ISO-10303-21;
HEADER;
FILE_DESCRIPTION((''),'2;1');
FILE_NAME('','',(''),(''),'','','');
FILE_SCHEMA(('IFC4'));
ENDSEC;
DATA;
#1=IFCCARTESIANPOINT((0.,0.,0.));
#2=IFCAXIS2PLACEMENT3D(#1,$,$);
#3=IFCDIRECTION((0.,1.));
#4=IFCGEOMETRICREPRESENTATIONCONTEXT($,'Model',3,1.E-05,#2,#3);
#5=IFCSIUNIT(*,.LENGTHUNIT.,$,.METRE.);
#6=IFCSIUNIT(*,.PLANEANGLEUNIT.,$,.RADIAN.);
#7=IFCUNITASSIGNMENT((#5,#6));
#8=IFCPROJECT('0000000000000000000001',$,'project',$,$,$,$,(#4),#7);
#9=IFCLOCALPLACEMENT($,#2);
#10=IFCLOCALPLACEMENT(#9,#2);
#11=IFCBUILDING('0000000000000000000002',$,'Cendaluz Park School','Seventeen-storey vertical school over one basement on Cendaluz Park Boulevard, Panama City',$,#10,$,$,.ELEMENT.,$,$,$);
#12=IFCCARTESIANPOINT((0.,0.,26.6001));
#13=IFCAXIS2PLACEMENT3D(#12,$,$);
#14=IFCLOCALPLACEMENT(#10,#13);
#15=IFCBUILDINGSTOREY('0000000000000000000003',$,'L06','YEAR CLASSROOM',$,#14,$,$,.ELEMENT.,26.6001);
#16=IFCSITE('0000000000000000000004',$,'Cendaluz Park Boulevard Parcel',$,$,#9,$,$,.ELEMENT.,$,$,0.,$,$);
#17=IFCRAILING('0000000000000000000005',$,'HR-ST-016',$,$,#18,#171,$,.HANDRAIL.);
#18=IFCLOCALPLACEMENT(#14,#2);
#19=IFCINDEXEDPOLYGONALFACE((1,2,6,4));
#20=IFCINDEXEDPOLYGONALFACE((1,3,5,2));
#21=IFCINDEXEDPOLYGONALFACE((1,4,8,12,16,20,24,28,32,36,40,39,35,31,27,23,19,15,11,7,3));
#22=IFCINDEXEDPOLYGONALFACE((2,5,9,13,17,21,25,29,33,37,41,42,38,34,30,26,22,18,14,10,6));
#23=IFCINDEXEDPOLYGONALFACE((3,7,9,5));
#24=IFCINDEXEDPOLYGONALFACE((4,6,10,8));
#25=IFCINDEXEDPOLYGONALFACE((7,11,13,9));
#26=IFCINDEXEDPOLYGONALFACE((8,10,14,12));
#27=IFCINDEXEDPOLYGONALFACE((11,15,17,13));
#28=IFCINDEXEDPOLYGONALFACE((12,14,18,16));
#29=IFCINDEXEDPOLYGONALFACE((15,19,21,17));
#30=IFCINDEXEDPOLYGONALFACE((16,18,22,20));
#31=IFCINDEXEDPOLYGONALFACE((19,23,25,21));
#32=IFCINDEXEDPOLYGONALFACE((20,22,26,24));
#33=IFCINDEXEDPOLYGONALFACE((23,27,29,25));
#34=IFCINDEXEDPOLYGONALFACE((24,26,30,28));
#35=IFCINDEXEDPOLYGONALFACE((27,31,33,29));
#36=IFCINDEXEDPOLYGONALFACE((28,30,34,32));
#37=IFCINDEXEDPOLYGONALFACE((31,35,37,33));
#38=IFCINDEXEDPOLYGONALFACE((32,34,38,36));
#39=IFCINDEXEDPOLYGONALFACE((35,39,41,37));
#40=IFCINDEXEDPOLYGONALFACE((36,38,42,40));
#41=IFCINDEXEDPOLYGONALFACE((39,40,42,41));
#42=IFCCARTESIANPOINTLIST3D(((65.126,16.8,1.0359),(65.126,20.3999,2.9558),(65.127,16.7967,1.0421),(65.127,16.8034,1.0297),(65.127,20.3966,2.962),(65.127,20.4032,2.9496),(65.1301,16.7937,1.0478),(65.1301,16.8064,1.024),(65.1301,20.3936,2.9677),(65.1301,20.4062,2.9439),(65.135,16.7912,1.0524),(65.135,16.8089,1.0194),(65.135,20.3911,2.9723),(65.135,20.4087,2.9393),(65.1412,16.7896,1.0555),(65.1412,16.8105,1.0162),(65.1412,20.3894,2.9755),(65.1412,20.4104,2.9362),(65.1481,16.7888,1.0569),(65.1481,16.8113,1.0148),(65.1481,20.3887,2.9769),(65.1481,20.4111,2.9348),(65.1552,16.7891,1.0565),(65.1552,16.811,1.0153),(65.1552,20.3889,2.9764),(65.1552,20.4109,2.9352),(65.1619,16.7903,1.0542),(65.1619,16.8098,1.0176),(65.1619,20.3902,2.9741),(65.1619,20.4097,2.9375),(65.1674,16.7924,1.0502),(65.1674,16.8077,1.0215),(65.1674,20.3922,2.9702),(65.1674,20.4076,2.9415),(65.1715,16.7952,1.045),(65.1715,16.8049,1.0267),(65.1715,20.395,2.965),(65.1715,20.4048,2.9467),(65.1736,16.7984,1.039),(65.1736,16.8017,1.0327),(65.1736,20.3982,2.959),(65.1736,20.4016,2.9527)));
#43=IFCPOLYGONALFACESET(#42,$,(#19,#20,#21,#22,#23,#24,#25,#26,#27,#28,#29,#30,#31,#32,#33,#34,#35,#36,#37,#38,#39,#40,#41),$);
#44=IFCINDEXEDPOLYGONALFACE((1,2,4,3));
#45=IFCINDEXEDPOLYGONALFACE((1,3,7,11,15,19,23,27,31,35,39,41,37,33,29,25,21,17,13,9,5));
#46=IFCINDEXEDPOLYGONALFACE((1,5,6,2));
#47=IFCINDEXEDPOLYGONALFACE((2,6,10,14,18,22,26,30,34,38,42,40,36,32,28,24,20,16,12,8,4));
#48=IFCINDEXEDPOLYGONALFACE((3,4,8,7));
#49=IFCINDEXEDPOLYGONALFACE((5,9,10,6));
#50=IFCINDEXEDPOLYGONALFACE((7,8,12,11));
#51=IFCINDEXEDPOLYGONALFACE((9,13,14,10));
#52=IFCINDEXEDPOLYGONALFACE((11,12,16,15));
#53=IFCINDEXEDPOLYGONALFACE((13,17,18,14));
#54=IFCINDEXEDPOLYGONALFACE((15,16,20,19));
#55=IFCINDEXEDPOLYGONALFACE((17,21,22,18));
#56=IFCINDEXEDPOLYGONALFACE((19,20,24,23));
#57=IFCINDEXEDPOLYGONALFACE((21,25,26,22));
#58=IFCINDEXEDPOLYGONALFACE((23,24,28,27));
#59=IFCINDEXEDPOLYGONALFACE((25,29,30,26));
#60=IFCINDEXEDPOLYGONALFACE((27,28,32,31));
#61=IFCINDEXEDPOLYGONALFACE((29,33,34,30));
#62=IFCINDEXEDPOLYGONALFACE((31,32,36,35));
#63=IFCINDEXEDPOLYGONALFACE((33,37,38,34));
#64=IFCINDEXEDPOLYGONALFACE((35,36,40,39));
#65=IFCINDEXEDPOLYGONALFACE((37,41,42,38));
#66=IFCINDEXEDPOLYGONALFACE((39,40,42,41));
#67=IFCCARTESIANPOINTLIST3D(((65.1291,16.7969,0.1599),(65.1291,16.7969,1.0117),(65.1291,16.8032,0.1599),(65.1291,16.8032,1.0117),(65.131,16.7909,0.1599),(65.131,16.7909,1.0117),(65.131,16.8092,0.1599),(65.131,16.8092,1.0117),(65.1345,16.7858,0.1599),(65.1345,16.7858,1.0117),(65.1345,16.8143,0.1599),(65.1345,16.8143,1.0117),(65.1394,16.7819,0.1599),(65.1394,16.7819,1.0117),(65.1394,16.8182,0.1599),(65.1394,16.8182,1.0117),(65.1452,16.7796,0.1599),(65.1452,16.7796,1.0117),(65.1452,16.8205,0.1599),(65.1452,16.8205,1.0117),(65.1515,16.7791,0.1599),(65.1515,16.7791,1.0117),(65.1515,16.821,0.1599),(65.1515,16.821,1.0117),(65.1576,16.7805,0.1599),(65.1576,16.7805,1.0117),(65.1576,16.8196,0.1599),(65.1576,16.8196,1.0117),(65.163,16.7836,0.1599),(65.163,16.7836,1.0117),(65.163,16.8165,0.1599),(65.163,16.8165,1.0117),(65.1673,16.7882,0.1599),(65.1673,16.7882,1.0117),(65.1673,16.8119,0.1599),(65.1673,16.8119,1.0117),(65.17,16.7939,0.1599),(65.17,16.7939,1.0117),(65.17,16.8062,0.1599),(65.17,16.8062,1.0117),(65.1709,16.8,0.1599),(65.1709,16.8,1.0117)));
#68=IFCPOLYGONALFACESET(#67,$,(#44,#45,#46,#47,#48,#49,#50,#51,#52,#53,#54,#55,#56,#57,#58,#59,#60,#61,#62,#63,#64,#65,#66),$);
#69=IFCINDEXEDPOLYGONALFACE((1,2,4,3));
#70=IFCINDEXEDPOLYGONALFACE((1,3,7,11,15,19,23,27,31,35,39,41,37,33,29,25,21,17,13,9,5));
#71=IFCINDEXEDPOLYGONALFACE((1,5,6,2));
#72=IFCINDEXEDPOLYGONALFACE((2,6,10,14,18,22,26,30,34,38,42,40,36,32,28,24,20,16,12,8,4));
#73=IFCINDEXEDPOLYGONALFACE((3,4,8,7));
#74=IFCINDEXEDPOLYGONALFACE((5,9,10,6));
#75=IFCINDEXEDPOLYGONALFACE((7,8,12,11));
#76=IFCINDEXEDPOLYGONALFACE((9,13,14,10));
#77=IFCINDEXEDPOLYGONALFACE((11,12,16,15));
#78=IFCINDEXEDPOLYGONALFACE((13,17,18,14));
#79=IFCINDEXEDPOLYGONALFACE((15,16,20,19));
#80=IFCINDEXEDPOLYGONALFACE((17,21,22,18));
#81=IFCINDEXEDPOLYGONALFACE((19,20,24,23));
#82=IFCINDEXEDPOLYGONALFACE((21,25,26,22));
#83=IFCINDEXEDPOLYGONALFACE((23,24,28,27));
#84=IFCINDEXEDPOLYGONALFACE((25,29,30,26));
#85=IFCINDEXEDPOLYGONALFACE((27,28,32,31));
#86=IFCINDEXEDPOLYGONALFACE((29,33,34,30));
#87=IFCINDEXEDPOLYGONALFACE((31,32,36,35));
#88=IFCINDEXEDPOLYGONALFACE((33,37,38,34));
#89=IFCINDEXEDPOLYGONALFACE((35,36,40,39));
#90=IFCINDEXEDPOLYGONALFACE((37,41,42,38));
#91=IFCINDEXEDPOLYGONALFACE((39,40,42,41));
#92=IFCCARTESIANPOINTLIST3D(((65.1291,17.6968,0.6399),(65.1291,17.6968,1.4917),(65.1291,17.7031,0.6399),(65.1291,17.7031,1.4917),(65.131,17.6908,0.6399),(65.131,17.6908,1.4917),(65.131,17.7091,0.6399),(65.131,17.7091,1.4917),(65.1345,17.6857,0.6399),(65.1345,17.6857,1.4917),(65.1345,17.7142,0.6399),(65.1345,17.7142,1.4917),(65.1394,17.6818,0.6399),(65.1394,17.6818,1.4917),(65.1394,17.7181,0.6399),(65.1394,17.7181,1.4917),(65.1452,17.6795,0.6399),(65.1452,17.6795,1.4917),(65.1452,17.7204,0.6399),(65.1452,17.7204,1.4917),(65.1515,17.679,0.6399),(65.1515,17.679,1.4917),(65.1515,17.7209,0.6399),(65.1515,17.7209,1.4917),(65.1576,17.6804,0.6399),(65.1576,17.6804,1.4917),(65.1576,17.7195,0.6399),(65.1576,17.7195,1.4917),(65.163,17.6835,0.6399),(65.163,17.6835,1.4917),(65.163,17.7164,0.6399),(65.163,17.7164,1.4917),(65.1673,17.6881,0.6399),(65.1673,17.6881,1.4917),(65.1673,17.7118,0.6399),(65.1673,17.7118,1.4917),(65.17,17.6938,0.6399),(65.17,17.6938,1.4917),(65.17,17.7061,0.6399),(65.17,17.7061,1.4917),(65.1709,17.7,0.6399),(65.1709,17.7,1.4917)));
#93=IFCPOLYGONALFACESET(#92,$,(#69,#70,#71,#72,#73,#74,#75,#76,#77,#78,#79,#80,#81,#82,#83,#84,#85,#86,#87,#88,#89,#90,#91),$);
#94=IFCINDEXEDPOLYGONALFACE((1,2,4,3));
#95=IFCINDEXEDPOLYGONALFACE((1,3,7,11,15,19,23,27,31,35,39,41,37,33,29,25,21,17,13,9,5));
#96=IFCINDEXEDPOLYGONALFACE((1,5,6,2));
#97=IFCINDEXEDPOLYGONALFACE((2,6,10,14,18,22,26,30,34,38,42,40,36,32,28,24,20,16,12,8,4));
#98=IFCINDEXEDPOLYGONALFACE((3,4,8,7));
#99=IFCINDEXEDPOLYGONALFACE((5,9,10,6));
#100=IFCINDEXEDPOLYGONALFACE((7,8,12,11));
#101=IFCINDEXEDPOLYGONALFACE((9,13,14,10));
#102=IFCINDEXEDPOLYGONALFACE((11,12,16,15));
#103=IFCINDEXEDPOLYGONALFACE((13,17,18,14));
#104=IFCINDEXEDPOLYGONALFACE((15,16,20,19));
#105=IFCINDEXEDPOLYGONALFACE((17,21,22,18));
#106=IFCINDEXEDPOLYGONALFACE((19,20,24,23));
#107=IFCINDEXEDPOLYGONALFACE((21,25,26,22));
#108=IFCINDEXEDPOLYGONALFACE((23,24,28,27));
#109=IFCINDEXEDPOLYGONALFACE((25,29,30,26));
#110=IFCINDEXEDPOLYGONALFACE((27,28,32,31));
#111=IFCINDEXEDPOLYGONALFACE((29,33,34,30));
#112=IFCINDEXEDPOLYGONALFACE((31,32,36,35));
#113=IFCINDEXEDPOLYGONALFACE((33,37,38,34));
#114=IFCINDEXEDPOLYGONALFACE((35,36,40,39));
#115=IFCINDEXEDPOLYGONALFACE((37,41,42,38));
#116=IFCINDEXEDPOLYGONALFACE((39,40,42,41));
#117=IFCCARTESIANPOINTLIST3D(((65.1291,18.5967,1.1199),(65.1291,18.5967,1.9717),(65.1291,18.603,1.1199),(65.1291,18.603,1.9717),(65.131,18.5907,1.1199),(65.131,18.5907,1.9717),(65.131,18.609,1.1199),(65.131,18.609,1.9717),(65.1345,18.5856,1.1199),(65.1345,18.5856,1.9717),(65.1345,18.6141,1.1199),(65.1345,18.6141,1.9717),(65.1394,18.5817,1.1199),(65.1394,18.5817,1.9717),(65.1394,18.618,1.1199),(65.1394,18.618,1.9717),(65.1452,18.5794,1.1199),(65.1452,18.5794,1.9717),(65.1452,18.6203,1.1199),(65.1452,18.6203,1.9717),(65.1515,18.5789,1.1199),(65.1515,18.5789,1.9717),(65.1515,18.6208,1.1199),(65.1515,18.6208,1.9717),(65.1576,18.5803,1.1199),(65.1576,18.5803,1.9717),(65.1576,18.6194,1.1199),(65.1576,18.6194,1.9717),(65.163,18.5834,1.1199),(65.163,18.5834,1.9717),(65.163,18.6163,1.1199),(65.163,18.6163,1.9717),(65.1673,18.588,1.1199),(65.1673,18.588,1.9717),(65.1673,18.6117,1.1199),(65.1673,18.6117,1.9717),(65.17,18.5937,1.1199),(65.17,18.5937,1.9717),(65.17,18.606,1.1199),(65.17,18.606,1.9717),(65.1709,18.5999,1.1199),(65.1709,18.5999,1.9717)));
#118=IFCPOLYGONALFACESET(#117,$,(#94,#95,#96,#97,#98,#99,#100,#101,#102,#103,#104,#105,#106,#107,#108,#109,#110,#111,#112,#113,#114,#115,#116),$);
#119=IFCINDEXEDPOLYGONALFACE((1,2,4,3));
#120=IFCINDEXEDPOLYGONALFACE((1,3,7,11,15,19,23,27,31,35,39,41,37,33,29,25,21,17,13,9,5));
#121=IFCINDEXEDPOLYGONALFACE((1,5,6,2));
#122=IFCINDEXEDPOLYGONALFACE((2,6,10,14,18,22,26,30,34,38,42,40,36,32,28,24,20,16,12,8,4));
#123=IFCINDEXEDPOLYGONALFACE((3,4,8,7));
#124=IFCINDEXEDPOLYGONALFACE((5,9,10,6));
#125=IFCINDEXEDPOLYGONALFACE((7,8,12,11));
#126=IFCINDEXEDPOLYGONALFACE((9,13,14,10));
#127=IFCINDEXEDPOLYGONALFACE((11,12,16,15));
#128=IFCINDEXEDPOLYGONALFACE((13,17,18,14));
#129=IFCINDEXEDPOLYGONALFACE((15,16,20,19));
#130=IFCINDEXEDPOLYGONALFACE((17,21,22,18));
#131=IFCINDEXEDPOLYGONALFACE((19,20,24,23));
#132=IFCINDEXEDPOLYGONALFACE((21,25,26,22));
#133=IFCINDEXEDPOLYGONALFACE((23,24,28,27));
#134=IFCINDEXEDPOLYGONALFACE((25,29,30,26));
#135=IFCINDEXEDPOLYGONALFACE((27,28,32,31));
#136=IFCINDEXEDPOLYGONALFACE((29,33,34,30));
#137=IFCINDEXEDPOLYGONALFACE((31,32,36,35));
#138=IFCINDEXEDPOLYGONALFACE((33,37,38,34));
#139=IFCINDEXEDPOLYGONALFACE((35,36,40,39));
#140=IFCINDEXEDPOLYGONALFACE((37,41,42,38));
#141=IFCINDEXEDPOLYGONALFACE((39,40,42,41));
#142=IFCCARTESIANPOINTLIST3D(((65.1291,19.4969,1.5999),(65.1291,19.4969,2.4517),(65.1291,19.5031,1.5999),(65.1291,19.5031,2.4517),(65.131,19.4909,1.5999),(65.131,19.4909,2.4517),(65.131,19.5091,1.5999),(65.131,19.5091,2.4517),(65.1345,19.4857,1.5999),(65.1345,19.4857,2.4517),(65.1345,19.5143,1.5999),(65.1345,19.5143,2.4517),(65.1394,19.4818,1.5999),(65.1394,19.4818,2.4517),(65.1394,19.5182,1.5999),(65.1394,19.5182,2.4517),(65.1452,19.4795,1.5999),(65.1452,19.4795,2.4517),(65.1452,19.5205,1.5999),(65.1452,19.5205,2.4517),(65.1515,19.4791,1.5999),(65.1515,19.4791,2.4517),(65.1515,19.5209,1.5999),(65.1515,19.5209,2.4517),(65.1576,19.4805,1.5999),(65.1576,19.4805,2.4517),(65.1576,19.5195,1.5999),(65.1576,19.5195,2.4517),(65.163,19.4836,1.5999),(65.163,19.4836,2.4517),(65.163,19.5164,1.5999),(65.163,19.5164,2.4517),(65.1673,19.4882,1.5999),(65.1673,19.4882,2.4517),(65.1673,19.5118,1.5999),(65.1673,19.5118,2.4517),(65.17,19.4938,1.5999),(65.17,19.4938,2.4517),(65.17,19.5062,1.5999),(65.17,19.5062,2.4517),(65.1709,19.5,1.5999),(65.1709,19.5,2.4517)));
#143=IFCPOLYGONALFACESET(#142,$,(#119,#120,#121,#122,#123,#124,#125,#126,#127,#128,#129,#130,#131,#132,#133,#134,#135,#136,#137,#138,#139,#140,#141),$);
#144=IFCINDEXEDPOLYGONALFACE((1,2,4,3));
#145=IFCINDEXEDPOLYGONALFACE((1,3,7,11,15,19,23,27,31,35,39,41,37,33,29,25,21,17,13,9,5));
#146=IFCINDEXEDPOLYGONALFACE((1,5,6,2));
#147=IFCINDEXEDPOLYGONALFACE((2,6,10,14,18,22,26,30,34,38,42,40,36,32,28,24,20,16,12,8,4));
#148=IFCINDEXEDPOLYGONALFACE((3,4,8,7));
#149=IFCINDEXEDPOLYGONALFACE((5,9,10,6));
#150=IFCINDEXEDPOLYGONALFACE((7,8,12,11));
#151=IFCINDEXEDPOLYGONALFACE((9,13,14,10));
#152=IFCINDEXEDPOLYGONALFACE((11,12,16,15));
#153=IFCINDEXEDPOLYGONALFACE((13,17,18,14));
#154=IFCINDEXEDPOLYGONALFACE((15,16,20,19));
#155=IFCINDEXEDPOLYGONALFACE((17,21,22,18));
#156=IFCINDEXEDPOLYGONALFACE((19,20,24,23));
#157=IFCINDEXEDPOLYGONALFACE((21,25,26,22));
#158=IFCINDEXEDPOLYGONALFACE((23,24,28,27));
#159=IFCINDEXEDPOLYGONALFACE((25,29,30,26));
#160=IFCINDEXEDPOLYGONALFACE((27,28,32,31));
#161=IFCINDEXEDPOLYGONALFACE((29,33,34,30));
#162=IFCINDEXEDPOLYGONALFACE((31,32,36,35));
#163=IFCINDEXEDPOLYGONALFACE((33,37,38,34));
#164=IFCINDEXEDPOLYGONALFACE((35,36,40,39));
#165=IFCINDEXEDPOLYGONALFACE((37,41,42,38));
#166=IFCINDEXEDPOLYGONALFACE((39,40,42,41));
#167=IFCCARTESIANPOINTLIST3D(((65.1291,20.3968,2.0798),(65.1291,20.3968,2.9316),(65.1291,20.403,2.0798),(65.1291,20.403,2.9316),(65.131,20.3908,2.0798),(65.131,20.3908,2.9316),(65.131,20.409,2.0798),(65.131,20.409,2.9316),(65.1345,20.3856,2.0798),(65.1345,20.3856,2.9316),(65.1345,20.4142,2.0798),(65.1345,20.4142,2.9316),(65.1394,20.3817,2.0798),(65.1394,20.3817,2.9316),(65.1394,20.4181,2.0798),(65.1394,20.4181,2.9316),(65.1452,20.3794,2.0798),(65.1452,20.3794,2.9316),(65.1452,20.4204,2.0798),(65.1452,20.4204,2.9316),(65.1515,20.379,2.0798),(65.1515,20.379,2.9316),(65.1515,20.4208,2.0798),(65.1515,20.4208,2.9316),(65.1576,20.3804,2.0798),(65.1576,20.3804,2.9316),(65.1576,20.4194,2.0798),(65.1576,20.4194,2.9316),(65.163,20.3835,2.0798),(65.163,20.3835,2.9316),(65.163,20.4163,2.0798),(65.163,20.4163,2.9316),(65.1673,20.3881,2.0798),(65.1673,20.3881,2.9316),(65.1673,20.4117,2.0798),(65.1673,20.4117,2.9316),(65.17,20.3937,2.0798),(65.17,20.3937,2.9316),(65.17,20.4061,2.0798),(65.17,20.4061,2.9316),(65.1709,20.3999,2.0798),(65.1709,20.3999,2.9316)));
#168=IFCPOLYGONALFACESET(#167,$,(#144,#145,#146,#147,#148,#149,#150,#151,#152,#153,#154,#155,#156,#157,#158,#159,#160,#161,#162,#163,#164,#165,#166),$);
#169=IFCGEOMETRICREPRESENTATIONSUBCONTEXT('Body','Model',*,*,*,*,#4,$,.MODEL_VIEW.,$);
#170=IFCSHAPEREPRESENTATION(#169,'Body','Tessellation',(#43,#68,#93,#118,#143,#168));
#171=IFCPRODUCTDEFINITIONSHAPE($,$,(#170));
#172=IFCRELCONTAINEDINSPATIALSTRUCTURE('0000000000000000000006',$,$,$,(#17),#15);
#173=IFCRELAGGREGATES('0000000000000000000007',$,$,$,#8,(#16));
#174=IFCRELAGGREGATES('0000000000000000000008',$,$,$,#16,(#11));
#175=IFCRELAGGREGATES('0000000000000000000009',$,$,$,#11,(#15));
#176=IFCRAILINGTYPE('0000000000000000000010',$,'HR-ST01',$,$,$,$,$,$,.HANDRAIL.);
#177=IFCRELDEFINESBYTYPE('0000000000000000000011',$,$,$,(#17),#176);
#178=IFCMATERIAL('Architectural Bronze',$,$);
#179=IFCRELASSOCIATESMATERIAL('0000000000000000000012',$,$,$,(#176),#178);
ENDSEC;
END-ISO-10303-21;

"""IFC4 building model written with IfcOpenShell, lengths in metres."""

from ifc_helpers import new_model, si_unit, direction, frame, origin, origin_2d, place, context, subcontext, project, spatial, circle, extrude, material, type_object, element, save


model = new_model("IFC4")

# Units and contexts
model_context = context("Model", 3, precision=1e-05, world=origin(), true_north=direction((0.0, 1.0)))
body_context = subcontext(model_context, "Body", "Model", "MODEL_VIEW")
ifc_project = project(units=[si_unit("LENGTHUNIT", "METRE"), si_unit("PLANEANGLEUNIT", "RADIAN")], contexts=[model_context])

# Site, building, storey
site_placement = place(None, origin())
site = spatial("IfcSite", under=ifc_project, at=site_placement, Name="Cendaluz Park Boulevard Parcel", CompositionType="ELEMENT", RefElevation=0.0)
building_placement = place(site_placement, origin())
building = spatial("IfcBuilding", under=site, at=building_placement, Name="Cendaluz Park School", Description="Seventeen-storey vertical school over one basement on Cendaluz Park Boulevard, Panama City", CompositionType="ELEMENT")
storey_placement = place(building_placement, frame((0.0, 0.0, 26.6001)))
storey = spatial("IfcBuildingStorey", under=building, at=storey_placement, Name="L06", Description="YEAR CLASSROOM", CompositionType="ELEMENT", Elevation=26.6001)

# Railing
ifc_material_1 = material(Name="Architectural Bronze")
railing_type_1 = type_object("IfcRailingType", Name="HR-ST01", PredefinedType="HANDRAIL", material=ifc_material_1)
railing_1_placement = place(storey_placement, frame((65.1499, 16.8, 0.1599)))
element("IfcRailing", 1, at=railing_1_placement, inside=storey, type_object=railing_type_1, Name="HR-ST-016", PredefinedType="HANDRAIL", context=body_context, shape_type="SweptSolid", body=[
    extrude(circle(Radius=0.0239, at=origin_2d()), frame((0.0, 0.0, 0.876), z_axis=(0.0, 0.882353, 0.470588), x_axis=(-1.0, 0.0, 0.0)), (0.0, 0.0, 1.0), 4.0798),
    extrude(circle(Radius=0.021, at=origin_2d()), origin(), (0.0, 0.0, 1.0), 0.8518),
    extrude(circle(Radius=0.021, at=origin_2d()), frame((0.0, 0.8999, 0.48)), (0.0, 0.0, 1.0), 0.8518),
    extrude(circle(Radius=0.021, at=origin_2d()), frame((0.0, 1.7998, 0.96)), (0.0, 0.0, 1.0), 0.8518),
    extrude(circle(Radius=0.021, at=origin_2d()), frame((0.0, 2.7, 1.4399)), (0.0, 0.0, 1.0), 0.8518),
    extrude(circle(Radius=0.021, at=origin_2d()), frame((0.0, 3.5999, 1.9199)), (0.0, 0.0, 1.0), 0.8518),
])

save(model, "model.ifc")
